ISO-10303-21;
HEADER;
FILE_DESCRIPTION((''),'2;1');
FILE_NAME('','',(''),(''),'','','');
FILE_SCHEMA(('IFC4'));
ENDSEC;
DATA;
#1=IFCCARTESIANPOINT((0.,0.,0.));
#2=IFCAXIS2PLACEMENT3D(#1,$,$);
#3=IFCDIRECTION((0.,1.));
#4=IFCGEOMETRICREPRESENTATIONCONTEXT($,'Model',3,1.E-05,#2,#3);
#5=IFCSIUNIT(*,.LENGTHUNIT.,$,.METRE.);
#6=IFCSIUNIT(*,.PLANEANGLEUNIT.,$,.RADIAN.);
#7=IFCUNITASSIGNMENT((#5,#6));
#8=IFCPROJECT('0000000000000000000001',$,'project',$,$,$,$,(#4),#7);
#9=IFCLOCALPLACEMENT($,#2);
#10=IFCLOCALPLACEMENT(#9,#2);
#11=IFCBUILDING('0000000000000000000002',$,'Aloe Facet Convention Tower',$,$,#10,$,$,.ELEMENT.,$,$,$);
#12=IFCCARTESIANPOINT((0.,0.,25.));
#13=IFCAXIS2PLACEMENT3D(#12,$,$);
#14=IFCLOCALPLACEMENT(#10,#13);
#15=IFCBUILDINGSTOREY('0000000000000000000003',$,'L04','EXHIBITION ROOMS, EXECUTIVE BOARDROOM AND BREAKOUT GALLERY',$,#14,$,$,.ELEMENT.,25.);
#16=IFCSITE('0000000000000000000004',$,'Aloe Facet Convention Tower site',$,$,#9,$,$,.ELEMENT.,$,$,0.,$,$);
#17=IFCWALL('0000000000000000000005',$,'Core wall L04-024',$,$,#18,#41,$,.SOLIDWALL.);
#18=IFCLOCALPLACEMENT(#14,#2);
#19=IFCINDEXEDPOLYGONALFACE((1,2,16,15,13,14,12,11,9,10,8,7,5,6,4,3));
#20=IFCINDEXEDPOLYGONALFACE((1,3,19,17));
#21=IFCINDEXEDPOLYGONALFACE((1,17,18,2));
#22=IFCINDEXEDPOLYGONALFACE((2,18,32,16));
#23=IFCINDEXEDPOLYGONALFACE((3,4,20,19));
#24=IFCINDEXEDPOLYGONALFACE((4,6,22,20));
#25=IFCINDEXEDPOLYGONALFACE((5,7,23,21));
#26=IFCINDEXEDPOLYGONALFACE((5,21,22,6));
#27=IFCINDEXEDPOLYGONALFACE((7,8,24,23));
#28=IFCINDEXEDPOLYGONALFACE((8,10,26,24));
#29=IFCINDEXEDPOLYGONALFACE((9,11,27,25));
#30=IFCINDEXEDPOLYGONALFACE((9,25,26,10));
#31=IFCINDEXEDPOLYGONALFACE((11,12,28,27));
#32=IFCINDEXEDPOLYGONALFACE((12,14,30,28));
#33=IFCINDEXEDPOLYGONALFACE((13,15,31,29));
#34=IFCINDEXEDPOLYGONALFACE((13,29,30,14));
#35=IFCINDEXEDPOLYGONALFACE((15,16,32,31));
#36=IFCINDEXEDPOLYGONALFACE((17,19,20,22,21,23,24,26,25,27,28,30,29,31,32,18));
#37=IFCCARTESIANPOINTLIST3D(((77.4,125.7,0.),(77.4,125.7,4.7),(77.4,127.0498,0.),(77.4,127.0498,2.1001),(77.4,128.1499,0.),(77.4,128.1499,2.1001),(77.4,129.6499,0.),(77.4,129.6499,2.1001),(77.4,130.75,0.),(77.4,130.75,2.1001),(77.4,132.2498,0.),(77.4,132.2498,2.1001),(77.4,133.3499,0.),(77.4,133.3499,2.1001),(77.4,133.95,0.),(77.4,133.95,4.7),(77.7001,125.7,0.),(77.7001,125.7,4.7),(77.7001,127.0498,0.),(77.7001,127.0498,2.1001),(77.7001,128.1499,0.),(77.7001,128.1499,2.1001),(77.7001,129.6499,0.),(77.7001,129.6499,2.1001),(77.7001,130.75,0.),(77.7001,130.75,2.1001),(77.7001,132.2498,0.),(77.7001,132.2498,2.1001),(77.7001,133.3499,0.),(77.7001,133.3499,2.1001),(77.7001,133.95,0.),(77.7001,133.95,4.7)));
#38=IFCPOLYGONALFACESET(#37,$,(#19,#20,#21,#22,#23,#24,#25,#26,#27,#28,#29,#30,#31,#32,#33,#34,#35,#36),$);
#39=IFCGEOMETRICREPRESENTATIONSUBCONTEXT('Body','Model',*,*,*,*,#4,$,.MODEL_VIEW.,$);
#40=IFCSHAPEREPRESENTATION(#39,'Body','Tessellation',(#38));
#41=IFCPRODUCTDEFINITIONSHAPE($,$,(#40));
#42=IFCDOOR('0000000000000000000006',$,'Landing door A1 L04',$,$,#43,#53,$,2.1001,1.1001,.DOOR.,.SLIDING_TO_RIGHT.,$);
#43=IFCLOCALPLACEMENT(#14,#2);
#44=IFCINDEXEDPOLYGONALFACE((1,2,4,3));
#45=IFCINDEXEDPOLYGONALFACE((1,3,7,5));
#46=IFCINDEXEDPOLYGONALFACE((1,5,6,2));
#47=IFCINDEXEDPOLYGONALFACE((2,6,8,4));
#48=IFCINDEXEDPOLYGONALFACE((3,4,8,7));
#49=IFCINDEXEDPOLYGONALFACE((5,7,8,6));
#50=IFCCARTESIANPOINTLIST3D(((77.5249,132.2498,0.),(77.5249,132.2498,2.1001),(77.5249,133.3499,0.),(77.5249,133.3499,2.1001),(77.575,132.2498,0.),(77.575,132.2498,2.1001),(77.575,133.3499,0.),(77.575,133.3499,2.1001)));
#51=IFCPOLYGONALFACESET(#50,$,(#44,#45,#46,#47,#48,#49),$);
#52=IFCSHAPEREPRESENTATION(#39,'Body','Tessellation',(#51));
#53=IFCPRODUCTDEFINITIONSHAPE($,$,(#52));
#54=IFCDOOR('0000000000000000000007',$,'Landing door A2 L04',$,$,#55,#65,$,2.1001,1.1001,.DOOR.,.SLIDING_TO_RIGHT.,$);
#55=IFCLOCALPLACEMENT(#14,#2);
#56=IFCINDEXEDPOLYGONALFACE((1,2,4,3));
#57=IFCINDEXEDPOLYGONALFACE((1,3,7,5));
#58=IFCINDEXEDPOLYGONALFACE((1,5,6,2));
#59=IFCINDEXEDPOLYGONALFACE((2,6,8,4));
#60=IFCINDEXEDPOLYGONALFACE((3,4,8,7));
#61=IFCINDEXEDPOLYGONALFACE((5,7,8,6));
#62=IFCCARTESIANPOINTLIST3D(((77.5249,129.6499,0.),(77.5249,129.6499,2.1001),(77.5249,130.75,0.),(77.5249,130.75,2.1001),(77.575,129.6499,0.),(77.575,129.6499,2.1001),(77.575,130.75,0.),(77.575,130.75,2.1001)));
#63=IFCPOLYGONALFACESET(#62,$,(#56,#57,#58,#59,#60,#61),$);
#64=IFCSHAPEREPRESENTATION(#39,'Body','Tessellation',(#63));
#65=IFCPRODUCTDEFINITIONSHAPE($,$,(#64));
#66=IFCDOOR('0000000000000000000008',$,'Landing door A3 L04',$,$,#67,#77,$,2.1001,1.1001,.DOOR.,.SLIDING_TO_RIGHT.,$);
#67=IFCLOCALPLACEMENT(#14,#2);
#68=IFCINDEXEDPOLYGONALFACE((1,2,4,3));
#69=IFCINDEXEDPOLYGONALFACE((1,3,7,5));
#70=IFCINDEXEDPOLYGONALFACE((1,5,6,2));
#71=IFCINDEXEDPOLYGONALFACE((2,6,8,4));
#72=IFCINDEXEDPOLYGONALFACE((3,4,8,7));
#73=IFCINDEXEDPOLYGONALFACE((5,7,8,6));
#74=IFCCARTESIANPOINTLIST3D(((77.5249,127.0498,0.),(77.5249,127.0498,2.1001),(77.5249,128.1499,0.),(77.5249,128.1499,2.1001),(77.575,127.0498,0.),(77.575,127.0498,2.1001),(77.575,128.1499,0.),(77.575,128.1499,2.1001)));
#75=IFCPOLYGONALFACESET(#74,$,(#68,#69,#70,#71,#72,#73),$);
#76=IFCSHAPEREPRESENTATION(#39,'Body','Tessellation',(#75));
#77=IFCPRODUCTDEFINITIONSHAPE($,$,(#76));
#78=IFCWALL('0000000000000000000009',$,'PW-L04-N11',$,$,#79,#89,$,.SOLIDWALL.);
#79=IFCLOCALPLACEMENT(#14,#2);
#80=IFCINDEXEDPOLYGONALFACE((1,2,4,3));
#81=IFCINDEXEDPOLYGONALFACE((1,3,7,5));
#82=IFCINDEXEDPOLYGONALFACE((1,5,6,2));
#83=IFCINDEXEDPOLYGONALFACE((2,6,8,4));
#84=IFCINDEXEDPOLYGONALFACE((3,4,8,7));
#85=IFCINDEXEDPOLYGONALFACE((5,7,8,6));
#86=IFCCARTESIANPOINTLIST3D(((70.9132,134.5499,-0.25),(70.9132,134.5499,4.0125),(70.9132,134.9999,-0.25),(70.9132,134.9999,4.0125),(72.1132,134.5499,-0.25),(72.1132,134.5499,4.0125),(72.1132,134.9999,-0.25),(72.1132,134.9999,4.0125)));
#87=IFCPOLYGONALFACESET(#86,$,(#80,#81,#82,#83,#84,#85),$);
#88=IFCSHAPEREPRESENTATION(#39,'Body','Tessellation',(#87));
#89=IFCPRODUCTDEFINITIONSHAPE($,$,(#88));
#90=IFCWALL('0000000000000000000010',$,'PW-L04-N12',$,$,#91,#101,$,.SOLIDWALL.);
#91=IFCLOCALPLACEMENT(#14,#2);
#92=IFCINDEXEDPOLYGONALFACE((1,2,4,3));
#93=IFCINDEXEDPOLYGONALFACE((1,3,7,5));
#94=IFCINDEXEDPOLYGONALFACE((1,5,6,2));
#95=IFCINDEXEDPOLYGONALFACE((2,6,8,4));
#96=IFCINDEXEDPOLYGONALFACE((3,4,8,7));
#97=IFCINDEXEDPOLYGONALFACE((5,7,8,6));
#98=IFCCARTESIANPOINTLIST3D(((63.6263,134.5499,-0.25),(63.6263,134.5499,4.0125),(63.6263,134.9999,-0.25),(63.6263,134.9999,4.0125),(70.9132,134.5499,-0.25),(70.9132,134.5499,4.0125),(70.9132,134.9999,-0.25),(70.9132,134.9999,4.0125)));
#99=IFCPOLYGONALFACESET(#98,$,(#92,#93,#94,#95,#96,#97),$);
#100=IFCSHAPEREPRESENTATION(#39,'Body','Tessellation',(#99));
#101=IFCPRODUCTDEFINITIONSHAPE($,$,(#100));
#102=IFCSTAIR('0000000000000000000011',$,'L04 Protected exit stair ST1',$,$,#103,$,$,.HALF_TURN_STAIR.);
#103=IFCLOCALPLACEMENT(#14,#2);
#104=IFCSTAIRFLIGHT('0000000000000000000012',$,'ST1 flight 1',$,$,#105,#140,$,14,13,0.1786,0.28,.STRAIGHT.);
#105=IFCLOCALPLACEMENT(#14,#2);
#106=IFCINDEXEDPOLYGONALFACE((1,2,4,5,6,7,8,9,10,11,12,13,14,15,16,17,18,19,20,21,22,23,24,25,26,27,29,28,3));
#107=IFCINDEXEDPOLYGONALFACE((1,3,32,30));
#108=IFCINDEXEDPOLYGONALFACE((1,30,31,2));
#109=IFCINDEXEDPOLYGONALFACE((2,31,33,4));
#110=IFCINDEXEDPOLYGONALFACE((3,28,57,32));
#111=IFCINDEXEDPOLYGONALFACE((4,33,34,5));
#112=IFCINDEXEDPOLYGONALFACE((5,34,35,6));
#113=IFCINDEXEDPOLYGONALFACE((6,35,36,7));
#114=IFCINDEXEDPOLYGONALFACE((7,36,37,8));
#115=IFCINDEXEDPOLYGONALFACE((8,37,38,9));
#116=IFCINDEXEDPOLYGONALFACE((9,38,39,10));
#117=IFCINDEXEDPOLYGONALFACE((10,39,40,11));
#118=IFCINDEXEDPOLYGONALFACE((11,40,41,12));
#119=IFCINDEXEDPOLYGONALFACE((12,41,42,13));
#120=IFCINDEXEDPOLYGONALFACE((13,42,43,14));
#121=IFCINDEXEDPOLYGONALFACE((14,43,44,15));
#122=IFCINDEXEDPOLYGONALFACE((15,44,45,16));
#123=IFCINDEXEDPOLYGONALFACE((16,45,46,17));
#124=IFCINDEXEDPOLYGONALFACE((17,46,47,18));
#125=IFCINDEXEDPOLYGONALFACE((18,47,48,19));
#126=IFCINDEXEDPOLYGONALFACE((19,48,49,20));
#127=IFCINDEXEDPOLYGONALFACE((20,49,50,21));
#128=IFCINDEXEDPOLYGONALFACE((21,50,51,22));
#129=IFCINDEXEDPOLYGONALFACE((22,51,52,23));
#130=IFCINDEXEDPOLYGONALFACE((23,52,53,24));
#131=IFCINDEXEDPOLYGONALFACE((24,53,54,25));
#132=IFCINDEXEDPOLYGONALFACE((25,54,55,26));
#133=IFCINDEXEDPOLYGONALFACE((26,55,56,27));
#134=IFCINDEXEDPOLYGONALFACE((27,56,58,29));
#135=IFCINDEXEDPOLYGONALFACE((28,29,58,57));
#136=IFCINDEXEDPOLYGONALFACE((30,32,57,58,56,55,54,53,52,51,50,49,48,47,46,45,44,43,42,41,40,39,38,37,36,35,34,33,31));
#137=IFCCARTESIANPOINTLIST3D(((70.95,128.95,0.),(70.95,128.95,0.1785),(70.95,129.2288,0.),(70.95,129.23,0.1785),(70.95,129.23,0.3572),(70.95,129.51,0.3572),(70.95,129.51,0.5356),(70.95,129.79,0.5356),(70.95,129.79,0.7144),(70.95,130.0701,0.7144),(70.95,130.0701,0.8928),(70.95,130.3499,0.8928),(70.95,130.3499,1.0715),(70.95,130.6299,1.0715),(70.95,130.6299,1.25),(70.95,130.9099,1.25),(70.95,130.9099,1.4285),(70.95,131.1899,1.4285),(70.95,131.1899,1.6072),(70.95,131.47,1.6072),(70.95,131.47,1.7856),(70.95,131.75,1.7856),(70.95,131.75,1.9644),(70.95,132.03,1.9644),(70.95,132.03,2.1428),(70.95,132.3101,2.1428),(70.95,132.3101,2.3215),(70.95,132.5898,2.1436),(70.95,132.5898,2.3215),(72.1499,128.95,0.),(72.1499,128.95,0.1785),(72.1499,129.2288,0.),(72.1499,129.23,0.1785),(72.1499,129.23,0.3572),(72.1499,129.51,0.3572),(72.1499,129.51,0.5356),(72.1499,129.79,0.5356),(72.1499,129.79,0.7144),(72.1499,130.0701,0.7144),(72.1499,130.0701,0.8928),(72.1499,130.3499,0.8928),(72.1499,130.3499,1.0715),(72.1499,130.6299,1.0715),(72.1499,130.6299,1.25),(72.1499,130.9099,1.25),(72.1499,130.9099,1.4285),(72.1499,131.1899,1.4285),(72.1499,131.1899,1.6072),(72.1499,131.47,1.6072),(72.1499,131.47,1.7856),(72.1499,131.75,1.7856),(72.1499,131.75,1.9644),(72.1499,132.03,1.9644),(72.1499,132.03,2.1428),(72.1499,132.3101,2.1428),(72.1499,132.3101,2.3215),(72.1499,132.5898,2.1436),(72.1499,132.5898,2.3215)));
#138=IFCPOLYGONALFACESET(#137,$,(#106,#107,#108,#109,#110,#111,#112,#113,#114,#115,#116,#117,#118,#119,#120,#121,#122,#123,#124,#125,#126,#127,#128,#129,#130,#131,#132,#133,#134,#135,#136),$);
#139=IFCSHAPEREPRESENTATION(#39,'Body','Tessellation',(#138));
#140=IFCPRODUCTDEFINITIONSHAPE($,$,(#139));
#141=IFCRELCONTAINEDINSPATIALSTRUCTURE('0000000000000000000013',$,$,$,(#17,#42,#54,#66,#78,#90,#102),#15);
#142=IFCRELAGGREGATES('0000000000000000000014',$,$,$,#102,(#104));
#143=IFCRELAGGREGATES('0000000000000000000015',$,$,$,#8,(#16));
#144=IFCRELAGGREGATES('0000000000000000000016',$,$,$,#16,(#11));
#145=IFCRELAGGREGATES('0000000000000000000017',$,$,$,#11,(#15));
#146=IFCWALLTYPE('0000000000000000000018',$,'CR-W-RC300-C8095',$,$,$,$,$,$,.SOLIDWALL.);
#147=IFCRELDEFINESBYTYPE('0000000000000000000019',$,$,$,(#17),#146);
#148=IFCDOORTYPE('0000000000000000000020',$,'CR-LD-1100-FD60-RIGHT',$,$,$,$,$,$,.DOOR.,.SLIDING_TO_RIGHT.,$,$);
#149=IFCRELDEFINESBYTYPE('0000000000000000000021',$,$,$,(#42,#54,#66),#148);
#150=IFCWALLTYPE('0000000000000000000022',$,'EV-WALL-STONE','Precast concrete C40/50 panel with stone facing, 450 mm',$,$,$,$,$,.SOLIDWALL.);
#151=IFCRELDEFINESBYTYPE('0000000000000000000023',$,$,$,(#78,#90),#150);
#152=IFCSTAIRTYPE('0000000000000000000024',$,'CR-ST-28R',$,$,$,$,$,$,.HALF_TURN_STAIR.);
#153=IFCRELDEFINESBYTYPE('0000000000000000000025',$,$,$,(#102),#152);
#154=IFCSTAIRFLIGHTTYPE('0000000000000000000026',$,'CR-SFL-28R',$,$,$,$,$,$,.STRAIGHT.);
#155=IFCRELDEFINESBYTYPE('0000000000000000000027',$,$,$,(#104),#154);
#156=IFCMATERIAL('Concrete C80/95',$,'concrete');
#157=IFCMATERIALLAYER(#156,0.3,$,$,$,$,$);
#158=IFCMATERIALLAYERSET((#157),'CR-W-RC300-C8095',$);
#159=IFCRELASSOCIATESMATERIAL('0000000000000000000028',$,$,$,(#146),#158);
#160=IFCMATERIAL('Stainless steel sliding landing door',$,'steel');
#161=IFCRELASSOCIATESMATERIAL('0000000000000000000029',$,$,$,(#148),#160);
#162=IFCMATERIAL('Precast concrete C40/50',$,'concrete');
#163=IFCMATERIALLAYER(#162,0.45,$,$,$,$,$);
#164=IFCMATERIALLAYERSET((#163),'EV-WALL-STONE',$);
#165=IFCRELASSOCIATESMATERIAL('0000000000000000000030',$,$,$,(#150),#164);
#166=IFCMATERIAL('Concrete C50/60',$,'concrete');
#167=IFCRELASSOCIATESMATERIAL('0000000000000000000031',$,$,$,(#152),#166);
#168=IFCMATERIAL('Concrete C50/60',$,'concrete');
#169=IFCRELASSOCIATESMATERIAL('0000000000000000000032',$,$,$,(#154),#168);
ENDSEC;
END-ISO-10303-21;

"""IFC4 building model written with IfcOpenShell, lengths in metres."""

from ifc_helpers import new_model, si_unit, direction, frame, frame_2d, origin, place, context, subcontext, project, spatial, polyline, rectangle, outline, extrude, material, layer, layer_set, type_object, element, fill, aggregate, save


model = new_model("IFC4")

# Units and contexts
model_context = context("Model", 3, precision=1e-05, world=origin(), true_north=direction((0.0, 1.0)))
body_context = subcontext(model_context, "Body", "Model", "MODEL_VIEW")
ifc_project = project(units=[si_unit("LENGTHUNIT", "METRE"), si_unit("PLANEANGLEUNIT", "RADIAN")], contexts=[model_context])

# Site, building, storey
site_placement = place(None, origin())
site = spatial("IfcSite", under=ifc_project, at=site_placement, Name="Aloe Facet Convention Tower site", CompositionType="ELEMENT", RefElevation=0.0)
building_placement = place(site_placement, origin())
building = spatial("IfcBuilding", under=site, at=building_placement, Name="Aloe Facet Convention Tower", CompositionType="ELEMENT")
storey_placement = place(building_placement, frame((0.0, 0.0, 25.0)))
storey = spatial("IfcBuildingStorey", under=building, at=storey_placement, Name="L04", Description="EXHIBITION ROOMS, EXECUTIVE BOARDROOM AND BREAKOUT GALLERY", CompositionType="ELEMENT", Elevation=25.0)

# Shared definitions
ifc_material_1 = material(Name="Concrete C80/95", Category="concrete")
ifc_layer_1 = layer(ifc_material_1, 0.3)
ifc_layer_set_1 = layer_set([ifc_layer_1], Name="CR-W-RC300-C8095")
wall_type_1 = type_object("IfcWallType", Name="CR-W-RC300-C8095", PredefinedType="SOLIDWALL", material=ifc_layer_set_1)

# Wall, openings, doors
wall_1_placement = place(storey_placement, frame((77.55, 133.95, 0.0), z_axis=(0.0, 0.0, 1.0), x_axis=(0.0, -1.0, 0.0)))
wall_1 = element("IfcWall", 1, at=wall_1_placement, inside=storey, type_object=wall_type_1, Name="Core wall L04-024", PredefinedType="SOLIDWALL", context=body_context, shape_type="SweptSolid", body=[
    extrude(rectangle(XDim=8.25, YDim=0.3, at=frame_2d((4.125, 0.0))), origin(), (0.0, 0.0, 1.0), 4.7),
])
opening_1_placement = place(wall_1_placement, frame((0.6001, 0.0, 0.0)))
opening_1 = element("IfcOpeningElement", 2, at=opening_1_placement, cuts=wall_1, PredefinedType="OPENING", context=body_context, shape_type="SweptSolid", body=[
    extrude(rectangle(XDim=1.1001, YDim=2.1001, at=frame_2d((0.55, 1.05))), frame((0.0, 0.1602, 0.0), z_axis=(0.0, -1.0, 0.0), x_axis=(1.0, 0.0, 0.0)), (0.0, 0.0, 1.0), 0.3201),
])
opening_2_placement = place(wall_1_placement, frame((3.2, 0.0, 0.0)))
opening_2 = element("IfcOpeningElement", 3, at=opening_2_placement, cuts=wall_1, PredefinedType="OPENING", context=body_context, shape_type="SweptSolid", body=[
    extrude(rectangle(XDim=1.1001, YDim=2.1001, at=frame_2d((0.55, 1.05))), frame((0.0, 0.1602, 0.0), z_axis=(0.0, -1.0, 0.0), x_axis=(1.0, 0.0, 0.0)), (0.0, 0.0, 1.0), 0.3201),
])
opening_3_placement = place(wall_1_placement, frame((5.8, 0.0, 0.0)))
opening_3 = element("IfcOpeningElement", 4, at=opening_3_placement, cuts=wall_1, PredefinedType="OPENING", context=body_context, shape_type="SweptSolid", body=[
    extrude(rectangle(XDim=1.1001, YDim=2.1001, at=frame_2d((0.55, 1.05))), frame((0.0, 0.1602, 0.0), z_axis=(0.0, -1.0, 0.0), x_axis=(1.0, 0.0, 0.0)), (0.0, 0.0, 1.0), 0.3201),
])
ifc_material_2 = material(Name="Stainless steel sliding landing door", Category="steel")
door_type_1 = type_object("IfcDoorType", Name="CR-LD-1100-FD60-RIGHT", OperationType="SLIDING_TO_RIGHT", PredefinedType="DOOR", material=ifc_material_2)
door_1_placement = place(opening_1_placement, origin())
door_1 = element("IfcDoor", 5, at=door_1_placement, inside=storey, type_object=door_type_1, Name="Landing door A1 L04", OperationType="SLIDING_TO_RIGHT", OverallHeight=2.1001, OverallWidth=1.1001, PredefinedType="DOOR", context=body_context, shape_type="SweptSolid", body=[
    extrude(rectangle(XDim=1.1001, YDim=2.1001, at=frame_2d((0.55, 1.05))), frame((0.0, 0.0249, 0.0), z_axis=(0.0, -1.0, 0.0), x_axis=(1.0, 0.0, 0.0)), (0.0, 0.0, 1.0), 0.05),
])
fill(opening_1, door_1)
door_2_placement = place(opening_2_placement, origin())
door_2 = element("IfcDoor", 6, at=door_2_placement, inside=storey, type_object=door_type_1, Name="Landing door A2 L04", OperationType="SLIDING_TO_RIGHT", OverallHeight=2.1001, OverallWidth=1.1001, PredefinedType="DOOR", context=body_context, shape_type="SweptSolid", body=[
    extrude(rectangle(XDim=1.1001, YDim=2.1001, at=frame_2d((0.55, 1.05))), frame((0.0, 0.0249, 0.0), z_axis=(0.0, -1.0, 0.0), x_axis=(1.0, 0.0, 0.0)), (0.0, 0.0, 1.0), 0.05),
])
fill(opening_2, door_2)
door_3_placement = place(opening_3_placement, origin())
door_3 = element("IfcDoor", 7, at=door_3_placement, inside=storey, type_object=door_type_1, Name="Landing door A3 L04", OperationType="SLIDING_TO_RIGHT", OverallHeight=2.1001, OverallWidth=1.1001, PredefinedType="DOOR", context=body_context, shape_type="SweptSolid", body=[
    extrude(rectangle(XDim=1.1001, YDim=2.1001, at=frame_2d((0.55, 1.05))), frame((0.0, 0.0249, 0.0), z_axis=(0.0, -1.0, 0.0), x_axis=(1.0, 0.0, 0.0)), (0.0, 0.0, 1.0), 0.05),
])
fill(opening_3, door_3)

# Walls
ifc_material_3 = material(Name="Precast concrete C40/50", Category="concrete")
ifc_layer_2 = layer(ifc_material_3, 0.45)
ifc_layer_set_2 = layer_set([ifc_layer_2], Name="EV-WALL-STONE")
wall_type_2 = type_object("IfcWallType", Name="EV-WALL-STONE", Description="Precast concrete C40/50 panel with stone facing, 450 mm", PredefinedType="SOLIDWALL", material=ifc_layer_set_2)
wall_2_placement = place(storey_placement, frame((72.1133, 134.7749, -0.25), z_axis=(0.0, 0.0, 1.0), x_axis=(-1.0, 0.0, 0.0)))
element("IfcWall", 8, at=wall_2_placement, inside=storey, type_object=wall_type_2, Name="PW-L04-N11", PredefinedType="SOLIDWALL", context=body_context, shape_type="SweptSolid", body=[
    extrude(rectangle(XDim=1.2, YDim=0.45, at=frame_2d((0.6001, 0.0))), origin(), (0.0, 0.0, 1.0), 4.2625),
])
wall_3_placement = place(storey_placement, frame((70.9133, 134.7749, -0.25), z_axis=(0.0, 0.0, 1.0), x_axis=(-1.0, 0.0, 0.0)))
element("IfcWall", 9, at=wall_3_placement, inside=storey, type_object=wall_type_2, Name="PW-L04-N12", PredefinedType="SOLIDWALL", context=body_context, shape_type="SweptSolid", body=[
    extrude(rectangle(XDim=7.2869, YDim=0.45, at=frame_2d((3.6436, 0.0))), origin(), (0.0, 0.0, 1.0), 4.2625),
])

# Stair, stair flight
ifc_material_4 = material(Name="Concrete C50/60", Category="concrete")
stair_type = type_object("IfcStairType", Name="CR-ST-28R", PredefinedType="HALF_TURN_STAIR", material=ifc_material_4)
stair_placement = place(storey_placement, origin())
stair = element("IfcStair", 10, at=stair_placement, inside=storey, type_object=stair_type, Name="L04 Protected exit stair ST1", PredefinedType="HALF_TURN_STAIR")
ifc_material_5 = material(Name="Concrete C50/60", Category="concrete")
stair_flight_type = type_object("IfcStairFlightType", Name="CR-SFL-28R", PredefinedType="STRAIGHT", material=ifc_material_5)
stair_flight_1_placement = place(storey_placement, frame((71.55, 128.95, 0.0), z_axis=(0.0, 0.0, 1.0), x_axis=(0.0, 1.0, 0.0)))
stair_flight_1 = element("IfcStairFlight", 11, at=stair_flight_1_placement, type_object=stair_flight_type, Name="ST1 flight 1", NumberOfRisers=14, NumberOfTreads=13, PredefinedType="STRAIGHT", RiserHeight=0.1786, TreadLength=0.28, context=body_context, shape_type="SweptSolid", body=[
    extrude(outline(polyline([(0.0, 0.0), (0.0, 0.1785), (0.28, 0.1785), (0.28, 0.3572), (0.5601, 0.3572), (0.5601, 0.5356), (0.8401, 0.5356), (0.8401, 0.7144), (1.1201, 0.7144), (1.1201, 0.8928), (1.3999, 0.8928), (1.3999, 1.0715), (1.6799, 1.0715), (1.6799, 1.25), (1.96, 1.25), (1.96, 1.4285), (2.24, 1.4285), (2.24, 1.6072), (2.52, 1.6072), (2.52, 1.7856), (2.8, 1.7856), (2.8, 1.9644), (3.0801, 1.9644), (3.0801, 2.1428), (3.3601, 2.1428), (3.3601, 2.3215), (3.6399, 2.3215), (3.6399, 2.5), (3.6399, 2.1436), (0.2788, 0.0), (0.0, 0.0)])), frame((0.0, 0.6001, 0.0), z_axis=(0.0, -1.0, 0.0), x_axis=(1.0, 0.0, 0.0)), (0.0, 0.0, 1.0), 1.2),
])
aggregate(stair, [stair_flight_1])

save(model, "model.ifc")
